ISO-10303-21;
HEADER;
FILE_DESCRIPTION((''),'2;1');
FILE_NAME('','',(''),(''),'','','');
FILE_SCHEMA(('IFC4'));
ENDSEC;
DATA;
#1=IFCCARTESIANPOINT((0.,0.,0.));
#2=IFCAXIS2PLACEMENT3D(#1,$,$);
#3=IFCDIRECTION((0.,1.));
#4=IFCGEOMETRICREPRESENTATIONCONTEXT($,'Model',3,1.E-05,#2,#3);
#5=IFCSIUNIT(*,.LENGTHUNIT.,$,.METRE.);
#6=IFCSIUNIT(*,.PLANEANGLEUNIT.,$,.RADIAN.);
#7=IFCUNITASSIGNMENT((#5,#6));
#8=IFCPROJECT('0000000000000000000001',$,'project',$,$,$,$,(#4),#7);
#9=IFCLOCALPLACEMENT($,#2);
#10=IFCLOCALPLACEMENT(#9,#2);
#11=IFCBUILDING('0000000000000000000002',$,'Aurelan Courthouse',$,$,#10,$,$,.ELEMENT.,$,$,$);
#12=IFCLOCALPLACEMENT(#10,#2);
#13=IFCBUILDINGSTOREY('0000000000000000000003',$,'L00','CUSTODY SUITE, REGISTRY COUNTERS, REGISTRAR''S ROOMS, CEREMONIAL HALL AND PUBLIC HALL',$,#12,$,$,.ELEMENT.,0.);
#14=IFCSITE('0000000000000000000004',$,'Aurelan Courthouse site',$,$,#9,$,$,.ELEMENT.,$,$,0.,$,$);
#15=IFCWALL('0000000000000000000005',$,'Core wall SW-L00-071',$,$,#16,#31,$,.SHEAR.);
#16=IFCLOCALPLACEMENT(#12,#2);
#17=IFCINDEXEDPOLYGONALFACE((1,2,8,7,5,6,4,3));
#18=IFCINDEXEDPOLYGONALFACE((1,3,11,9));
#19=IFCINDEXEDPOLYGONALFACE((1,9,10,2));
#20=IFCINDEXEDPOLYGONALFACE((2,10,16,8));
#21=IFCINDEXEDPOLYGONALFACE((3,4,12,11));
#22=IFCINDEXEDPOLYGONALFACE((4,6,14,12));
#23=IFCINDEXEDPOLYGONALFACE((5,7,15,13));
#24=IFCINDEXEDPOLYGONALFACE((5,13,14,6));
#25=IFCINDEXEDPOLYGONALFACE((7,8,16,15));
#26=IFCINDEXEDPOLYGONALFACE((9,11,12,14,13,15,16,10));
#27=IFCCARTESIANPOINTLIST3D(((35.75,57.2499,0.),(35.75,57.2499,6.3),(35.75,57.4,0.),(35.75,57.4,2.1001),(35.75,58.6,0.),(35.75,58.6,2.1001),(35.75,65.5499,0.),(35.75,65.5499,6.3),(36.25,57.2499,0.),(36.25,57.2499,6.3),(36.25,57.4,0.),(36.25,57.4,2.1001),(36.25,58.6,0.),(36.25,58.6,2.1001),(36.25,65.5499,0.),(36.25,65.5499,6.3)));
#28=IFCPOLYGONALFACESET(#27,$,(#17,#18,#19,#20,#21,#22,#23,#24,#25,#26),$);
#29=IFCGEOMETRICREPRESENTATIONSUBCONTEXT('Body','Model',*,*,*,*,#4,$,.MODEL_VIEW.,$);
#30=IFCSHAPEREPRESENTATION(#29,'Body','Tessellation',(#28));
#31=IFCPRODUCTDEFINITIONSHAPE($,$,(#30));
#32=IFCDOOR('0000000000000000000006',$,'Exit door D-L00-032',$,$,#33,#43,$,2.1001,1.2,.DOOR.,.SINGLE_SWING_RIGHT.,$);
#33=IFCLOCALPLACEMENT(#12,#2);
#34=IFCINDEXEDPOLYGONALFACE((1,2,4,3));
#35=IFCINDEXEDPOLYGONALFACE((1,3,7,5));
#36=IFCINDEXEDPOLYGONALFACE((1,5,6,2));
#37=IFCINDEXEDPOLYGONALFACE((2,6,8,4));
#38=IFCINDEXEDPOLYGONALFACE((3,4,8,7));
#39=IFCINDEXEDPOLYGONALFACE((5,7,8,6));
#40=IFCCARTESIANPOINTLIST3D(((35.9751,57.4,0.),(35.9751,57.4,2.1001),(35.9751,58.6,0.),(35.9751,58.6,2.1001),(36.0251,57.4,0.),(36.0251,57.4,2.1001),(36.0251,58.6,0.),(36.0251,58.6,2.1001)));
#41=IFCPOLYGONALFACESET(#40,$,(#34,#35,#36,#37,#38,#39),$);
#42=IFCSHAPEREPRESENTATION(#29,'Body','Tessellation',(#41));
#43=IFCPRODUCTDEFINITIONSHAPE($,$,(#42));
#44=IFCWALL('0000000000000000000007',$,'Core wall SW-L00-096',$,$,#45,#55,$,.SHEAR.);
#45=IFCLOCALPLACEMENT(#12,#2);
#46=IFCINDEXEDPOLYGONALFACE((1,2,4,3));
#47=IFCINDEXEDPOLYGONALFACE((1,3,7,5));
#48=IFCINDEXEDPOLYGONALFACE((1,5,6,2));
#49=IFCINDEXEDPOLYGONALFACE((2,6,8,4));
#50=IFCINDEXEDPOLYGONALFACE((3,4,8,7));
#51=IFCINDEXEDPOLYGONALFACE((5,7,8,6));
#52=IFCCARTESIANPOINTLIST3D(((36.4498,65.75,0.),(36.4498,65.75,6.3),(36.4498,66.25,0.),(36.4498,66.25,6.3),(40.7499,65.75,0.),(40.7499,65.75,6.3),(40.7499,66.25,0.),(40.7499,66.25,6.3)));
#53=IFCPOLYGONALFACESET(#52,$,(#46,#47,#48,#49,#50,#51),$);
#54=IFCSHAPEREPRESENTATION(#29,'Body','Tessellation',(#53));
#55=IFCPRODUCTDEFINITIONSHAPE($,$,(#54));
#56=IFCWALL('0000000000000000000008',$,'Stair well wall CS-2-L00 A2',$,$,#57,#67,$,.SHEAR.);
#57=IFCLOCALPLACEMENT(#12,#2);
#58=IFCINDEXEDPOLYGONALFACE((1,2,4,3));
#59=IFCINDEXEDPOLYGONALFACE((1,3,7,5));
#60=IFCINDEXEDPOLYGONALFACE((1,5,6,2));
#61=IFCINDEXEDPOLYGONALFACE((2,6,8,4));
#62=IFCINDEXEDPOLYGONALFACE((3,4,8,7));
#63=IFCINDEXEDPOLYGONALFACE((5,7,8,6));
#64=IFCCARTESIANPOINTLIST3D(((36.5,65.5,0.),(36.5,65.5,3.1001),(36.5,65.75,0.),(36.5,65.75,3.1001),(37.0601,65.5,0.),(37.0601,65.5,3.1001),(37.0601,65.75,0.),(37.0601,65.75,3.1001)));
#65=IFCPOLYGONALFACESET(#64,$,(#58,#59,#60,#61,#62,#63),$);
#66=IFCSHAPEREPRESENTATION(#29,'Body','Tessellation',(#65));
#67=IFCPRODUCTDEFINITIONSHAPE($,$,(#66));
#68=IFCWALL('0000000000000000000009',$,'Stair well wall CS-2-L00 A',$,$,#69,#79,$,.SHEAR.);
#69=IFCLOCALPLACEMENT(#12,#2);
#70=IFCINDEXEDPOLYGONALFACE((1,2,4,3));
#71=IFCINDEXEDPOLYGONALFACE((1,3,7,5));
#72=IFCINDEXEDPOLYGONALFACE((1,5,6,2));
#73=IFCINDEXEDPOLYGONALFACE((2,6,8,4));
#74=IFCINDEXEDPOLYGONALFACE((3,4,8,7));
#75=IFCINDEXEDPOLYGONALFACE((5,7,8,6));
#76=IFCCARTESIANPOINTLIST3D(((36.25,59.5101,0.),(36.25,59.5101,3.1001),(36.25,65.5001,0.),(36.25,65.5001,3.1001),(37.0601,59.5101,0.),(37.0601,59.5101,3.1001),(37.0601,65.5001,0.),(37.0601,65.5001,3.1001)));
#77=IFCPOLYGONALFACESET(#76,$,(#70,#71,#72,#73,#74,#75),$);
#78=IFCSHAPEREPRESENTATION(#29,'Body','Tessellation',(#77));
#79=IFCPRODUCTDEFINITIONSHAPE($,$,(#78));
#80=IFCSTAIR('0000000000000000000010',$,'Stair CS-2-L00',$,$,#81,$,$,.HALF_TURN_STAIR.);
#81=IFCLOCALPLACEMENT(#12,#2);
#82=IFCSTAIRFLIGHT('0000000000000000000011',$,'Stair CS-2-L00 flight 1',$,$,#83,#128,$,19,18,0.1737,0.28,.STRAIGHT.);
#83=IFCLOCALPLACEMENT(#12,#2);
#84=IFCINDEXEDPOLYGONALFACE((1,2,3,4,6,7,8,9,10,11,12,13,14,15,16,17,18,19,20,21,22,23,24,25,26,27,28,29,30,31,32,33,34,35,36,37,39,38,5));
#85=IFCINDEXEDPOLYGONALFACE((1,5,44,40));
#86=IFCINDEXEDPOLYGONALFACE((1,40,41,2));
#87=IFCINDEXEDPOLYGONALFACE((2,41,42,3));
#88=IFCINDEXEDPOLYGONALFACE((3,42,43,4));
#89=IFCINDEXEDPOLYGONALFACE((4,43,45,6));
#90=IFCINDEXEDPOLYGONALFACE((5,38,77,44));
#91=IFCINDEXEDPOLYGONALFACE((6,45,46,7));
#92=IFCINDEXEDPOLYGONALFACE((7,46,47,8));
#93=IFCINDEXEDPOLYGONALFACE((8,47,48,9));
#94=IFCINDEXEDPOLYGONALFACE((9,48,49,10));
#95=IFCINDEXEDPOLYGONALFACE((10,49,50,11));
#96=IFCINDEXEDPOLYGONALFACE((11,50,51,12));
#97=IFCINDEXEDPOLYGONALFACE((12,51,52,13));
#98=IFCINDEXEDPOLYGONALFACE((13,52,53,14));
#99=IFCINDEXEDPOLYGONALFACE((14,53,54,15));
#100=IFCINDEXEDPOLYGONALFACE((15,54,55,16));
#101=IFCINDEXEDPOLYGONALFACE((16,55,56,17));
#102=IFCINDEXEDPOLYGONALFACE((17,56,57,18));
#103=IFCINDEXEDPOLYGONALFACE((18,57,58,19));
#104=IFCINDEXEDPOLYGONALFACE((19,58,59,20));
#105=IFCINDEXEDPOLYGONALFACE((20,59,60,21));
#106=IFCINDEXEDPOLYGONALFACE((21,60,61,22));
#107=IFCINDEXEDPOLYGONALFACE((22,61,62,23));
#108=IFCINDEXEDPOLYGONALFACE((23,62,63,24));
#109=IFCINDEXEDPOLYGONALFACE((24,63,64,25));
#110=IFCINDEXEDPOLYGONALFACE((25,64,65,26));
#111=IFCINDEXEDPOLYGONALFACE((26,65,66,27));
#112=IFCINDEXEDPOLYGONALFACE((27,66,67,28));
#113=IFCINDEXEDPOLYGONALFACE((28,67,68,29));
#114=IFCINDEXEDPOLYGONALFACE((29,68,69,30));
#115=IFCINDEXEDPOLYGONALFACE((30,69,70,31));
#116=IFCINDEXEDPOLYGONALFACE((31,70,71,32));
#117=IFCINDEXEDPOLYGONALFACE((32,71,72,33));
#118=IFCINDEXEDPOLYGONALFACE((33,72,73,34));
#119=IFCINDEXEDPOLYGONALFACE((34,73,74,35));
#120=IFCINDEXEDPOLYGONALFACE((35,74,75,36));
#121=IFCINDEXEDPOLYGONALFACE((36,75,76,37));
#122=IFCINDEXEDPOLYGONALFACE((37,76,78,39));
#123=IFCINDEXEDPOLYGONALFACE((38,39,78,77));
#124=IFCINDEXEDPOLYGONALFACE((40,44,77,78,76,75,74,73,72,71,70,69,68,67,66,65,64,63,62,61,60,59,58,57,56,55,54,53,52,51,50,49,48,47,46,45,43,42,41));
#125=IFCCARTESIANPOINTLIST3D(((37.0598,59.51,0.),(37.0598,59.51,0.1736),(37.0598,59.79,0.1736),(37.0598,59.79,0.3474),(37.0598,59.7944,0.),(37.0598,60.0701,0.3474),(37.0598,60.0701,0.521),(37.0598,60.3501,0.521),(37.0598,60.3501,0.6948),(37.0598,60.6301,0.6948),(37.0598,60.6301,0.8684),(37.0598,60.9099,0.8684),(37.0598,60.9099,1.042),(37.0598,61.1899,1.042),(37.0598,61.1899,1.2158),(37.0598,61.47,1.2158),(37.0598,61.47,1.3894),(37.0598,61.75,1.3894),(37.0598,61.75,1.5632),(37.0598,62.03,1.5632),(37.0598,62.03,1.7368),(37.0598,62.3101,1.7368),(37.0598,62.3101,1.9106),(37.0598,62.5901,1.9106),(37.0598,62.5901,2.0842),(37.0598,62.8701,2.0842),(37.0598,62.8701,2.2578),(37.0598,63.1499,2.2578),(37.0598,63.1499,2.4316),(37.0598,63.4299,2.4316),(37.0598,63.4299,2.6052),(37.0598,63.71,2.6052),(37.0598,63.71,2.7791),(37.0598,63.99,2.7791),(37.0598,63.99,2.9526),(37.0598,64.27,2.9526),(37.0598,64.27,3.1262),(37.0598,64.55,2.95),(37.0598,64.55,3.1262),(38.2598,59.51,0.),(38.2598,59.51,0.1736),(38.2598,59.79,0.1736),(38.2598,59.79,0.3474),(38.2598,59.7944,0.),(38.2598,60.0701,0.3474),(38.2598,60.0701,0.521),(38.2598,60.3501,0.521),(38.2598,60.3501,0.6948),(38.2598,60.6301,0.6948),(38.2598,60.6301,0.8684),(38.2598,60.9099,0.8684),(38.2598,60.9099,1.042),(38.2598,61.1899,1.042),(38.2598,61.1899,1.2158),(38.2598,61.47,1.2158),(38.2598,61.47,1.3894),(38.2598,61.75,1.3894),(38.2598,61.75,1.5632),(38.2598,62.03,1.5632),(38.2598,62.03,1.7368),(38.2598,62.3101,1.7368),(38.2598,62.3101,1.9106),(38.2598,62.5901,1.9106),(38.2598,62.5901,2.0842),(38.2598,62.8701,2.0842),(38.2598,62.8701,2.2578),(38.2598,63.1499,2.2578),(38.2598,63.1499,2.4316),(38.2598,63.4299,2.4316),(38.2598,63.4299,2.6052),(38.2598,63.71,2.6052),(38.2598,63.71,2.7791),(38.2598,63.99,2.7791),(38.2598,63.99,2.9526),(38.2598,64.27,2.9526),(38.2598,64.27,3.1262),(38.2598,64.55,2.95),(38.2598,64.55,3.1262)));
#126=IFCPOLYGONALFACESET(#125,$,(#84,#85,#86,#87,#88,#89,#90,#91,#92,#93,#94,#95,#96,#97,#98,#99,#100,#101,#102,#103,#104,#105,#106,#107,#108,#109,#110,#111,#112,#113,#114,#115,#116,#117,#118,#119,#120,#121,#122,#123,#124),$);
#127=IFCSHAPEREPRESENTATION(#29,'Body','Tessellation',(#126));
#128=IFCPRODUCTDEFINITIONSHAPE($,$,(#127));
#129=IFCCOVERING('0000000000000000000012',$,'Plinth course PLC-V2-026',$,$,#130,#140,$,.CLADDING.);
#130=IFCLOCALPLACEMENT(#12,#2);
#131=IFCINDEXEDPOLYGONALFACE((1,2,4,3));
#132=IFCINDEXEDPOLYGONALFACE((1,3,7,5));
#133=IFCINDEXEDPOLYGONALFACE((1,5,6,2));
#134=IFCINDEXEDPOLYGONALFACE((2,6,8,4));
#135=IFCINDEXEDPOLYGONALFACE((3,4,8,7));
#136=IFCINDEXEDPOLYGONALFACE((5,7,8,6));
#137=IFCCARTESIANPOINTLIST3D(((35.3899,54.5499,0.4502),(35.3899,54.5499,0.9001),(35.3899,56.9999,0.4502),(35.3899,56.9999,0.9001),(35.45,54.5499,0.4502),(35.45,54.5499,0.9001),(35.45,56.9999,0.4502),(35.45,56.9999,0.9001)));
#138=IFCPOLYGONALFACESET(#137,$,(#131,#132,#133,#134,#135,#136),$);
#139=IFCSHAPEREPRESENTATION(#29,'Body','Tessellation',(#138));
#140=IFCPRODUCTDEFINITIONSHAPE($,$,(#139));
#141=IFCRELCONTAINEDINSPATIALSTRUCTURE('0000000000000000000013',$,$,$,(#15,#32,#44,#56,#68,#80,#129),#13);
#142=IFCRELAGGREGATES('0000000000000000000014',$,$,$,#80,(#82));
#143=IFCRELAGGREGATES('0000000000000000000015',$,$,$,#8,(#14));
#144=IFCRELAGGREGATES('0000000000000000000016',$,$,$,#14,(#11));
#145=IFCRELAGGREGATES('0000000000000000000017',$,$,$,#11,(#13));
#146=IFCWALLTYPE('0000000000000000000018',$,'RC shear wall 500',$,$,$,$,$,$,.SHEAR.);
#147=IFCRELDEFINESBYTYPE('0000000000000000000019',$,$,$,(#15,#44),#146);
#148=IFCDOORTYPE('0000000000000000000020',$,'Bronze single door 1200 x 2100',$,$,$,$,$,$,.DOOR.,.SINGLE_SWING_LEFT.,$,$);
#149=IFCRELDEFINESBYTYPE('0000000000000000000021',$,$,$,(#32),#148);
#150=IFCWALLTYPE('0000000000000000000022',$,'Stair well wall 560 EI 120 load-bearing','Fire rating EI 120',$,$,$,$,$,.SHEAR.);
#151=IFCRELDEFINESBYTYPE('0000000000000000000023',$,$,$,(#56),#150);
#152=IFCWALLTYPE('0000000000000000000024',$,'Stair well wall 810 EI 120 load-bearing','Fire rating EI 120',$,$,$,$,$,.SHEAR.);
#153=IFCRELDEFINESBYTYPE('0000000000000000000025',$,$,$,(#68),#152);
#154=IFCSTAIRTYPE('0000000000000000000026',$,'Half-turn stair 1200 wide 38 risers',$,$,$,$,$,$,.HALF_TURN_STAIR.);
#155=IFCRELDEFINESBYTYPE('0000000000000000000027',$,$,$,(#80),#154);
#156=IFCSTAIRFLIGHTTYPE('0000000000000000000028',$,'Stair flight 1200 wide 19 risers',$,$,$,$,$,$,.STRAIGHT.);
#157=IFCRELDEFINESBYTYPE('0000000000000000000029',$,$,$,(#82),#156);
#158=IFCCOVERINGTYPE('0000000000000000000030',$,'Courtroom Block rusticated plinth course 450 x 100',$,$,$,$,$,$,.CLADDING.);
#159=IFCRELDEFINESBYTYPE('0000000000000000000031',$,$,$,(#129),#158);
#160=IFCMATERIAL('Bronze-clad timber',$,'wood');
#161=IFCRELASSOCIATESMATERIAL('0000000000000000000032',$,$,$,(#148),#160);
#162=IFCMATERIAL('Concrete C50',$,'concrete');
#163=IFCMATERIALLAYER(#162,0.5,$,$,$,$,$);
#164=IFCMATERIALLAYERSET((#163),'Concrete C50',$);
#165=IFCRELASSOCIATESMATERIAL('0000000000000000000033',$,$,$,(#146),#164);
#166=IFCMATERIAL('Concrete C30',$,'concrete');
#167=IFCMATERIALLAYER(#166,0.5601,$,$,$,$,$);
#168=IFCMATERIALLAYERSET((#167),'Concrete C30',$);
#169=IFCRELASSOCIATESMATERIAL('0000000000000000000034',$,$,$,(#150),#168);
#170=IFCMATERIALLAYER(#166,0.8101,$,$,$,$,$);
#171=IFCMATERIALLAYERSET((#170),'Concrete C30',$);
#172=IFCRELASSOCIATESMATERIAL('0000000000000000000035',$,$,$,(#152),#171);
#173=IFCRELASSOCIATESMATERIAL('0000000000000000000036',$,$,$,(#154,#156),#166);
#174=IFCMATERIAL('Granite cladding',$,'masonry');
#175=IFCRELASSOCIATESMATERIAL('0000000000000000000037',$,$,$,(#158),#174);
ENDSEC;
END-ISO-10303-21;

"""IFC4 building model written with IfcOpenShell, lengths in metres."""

from ifc_helpers import new_model, si_unit, direction, frame, frame_2d, origin, origin_2d, place, context, subcontext, project, spatial, polyline, rectangle, outline, extrude, material, layer, layer_set, type_object, element, fill, aggregate, save


model = new_model("IFC4")

# Units and contexts
model_context = context("Model", 3, precision=1e-05, world=origin(), true_north=direction((0.0, 1.0)))
body_context = subcontext(model_context, "Body", "Model", "MODEL_VIEW")
ifc_project = project(units=[si_unit("LENGTHUNIT", "METRE"), si_unit("PLANEANGLEUNIT", "RADIAN")], contexts=[model_context])

# Site, building, storey
site_placement = place(None, origin())
site = spatial("IfcSite", under=ifc_project, at=site_placement, Name="Aurelan Courthouse site", CompositionType="ELEMENT", RefElevation=0.0)
building_placement = place(site_placement, origin())
building = spatial("IfcBuilding", under=site, at=building_placement, Name="Aurelan Courthouse", CompositionType="ELEMENT")
storey_placement = place(building_placement, origin())
storey = spatial("IfcBuildingStorey", under=building, at=storey_placement, Name="L00", Description="CUSTODY SUITE, REGISTRY COUNTERS, REGISTRAR'S ROOMS, CEREMONIAL HALL AND PUBLIC HALL", CompositionType="ELEMENT", Elevation=0.0)

# Shared definitions
ifc_material_1 = material(Name="Concrete C50", Category="concrete")

# Shared definitions
ifc_material_2 = material(Name="Granite cladding", Category="masonry")
ifc_material_3 = material(Name="Concrete C30", Category="concrete")
ifc_material_4 = material(Name="Bronze-clad timber", Category="wood")
door_type_1 = type_object("IfcDoorType", Name="Bronze single door 1200 x 2100", OperationType="SINGLE_SWING_LEFT", PredefinedType="DOOR", material=ifc_material_4)

# Wall, opening, door
ifc_layer_1 = layer(ifc_material_1, 0.5)
ifc_layer_set_1 = layer_set([ifc_layer_1], Name="Concrete C50")
wall_type_1 = type_object("IfcWallType", Name="RC shear wall 500", PredefinedType="SHEAR", material=ifc_layer_set_1)
wall_1_placement = place(storey_placement, frame((36.0, 57.25, 0.0), z_axis=(0.0, 0.0, 1.0), x_axis=(0.0, 1.0, 0.0)))
wall_1 = element("IfcWall", 1, at=wall_1_placement, inside=storey, type_object=wall_type_1, Name="Core wall SW-L00-071", PredefinedType="SHEAR", context=body_context, shape_type="SweptSolid", body=[
    extrude(rectangle(XDim=8.3, YDim=0.5, at=frame_2d((4.1499, 0.0))), origin(), (0.0, 0.0, 1.0), 6.3),
])
opening_1_placement = place(wall_1_placement, frame((0.1499, 0.0, 0.0)))
opening_1 = element("IfcOpeningElement", 2, at=opening_1_placement, cuts=wall_1, PredefinedType="OPENING", context=body_context, shape_type="SweptSolid", body=[
    extrude(rectangle(XDim=1.2, YDim=2.1001, at=frame_2d((0.6001, 1.05))), frame((0.0, 0.26, 0.0), z_axis=(0.0, -1.0, 0.0), x_axis=(1.0, 0.0, 0.0)), (0.0, 0.0, 1.0), 0.52),
])
door_1_placement = place(opening_1_placement, origin())
door_1 = element("IfcDoor", 3, at=door_1_placement, inside=storey, type_object=door_type_1, Name="Exit door D-L00-032", OperationType="SINGLE_SWING_RIGHT", OverallHeight=2.1001, OverallWidth=1.2, PredefinedType="DOOR", context=body_context, shape_type="SweptSolid", body=[
    extrude(rectangle(XDim=1.2, YDim=2.1001, at=frame_2d((0.6001, 1.05))), frame((0.0, 0.0249, 0.0), z_axis=(0.0, -1.0, 0.0), x_axis=(1.0, 0.0, 0.0)), (0.0, 0.0, 1.0), 0.05),
])
fill(opening_1, door_1)

# Walls
wall_2_placement = place(storey_placement, frame((36.45, 66.0, 0.0), z_axis=(0.0, 0.0, 1.0), x_axis=(1.0, 0.0, 0.0)))
element("IfcWall", 4, at=wall_2_placement, inside=storey, type_object=wall_type_1, Name="Core wall SW-L00-096", PredefinedType="SHEAR", context=body_context, shape_type="SweptSolid", body=[
    extrude(rectangle(XDim=4.3, YDim=0.5, at=frame_2d((2.1499, 0.0))), origin(), (0.0, 0.0, 1.0), 6.3),
])
ifc_layer_2 = layer(ifc_material_3, 0.5601)
ifc_layer_set_2 = layer_set([ifc_layer_2], Name="Concrete C30")
wall_type_2 = type_object("IfcWallType", Name="Stair well wall 560 EI 120 load-bearing", Description="Fire rating EI 120", PredefinedType="SHEAR", material=ifc_layer_set_2)
wall_3_placement = place(storey_placement, frame((36.78, 65.5, 0.0), z_axis=(0.0, 0.0, 1.0), x_axis=(0.0, 1.0, 0.0)))
element("IfcWall", 5, at=wall_3_placement, inside=storey, type_object=wall_type_2, Name="Stair well wall CS-2-L00 A2", PredefinedType="SHEAR", context=body_context, shape_type="SweptSolid", body=[
    extrude(rectangle(XDim=0.25, YDim=0.5601, at=frame_2d((0.125, 0.0))), origin(), (0.0, 0.0, 1.0), 3.1001),
])
ifc_layer_3 = layer(ifc_material_3, 0.8101)
ifc_layer_set_3 = layer_set([ifc_layer_3], Name="Concrete C30")
wall_type_3 = type_object("IfcWallType", Name="Stair well wall 810 EI 120 load-bearing", Description="Fire rating EI 120", PredefinedType="SHEAR", material=ifc_layer_set_3)
wall_4_placement = place(storey_placement, frame((36.655, 59.51, 0.0), z_axis=(0.0, 0.0, 1.0), x_axis=(0.0, 1.0, 0.0)))
element("IfcWall", 6, at=wall_4_placement, inside=storey, type_object=wall_type_3, Name="Stair well wall CS-2-L00 A", PredefinedType="SHEAR", context=body_context, shape_type="SweptSolid", body=[
    extrude(rectangle(XDim=5.99, YDim=0.8101, at=frame_2d((2.9951, 0.0))), origin(), (0.0, 0.0, 1.0), 3.1001),
])

# Stair, stair flight
stair_type = type_object("IfcStairType", Name="Half-turn stair 1200 wide 38 risers", PredefinedType="HALF_TURN_STAIR", material=ifc_material_3)
stair_placement = place(storey_placement, origin())
stair = element("IfcStair", 7, at=stair_placement, inside=storey, type_object=stair_type, Name="Stair CS-2-L00", PredefinedType="HALF_TURN_STAIR")
stair_flight_type = type_object("IfcStairFlightType", Name="Stair flight 1200 wide 19 risers", PredefinedType="STRAIGHT", material=ifc_material_3)
stair_flight_placement = place(storey_placement, frame((37.6599, 59.51, 0.0), z_axis=(0.0, 0.0, 1.0), x_axis=(0.0, 1.0, 0.0)))
stair_flight = element("IfcStairFlight", 8, at=stair_flight_placement, type_object=stair_flight_type, Name="Stair CS-2-L00 flight 1", NumberOfRisers=19, NumberOfTreads=18, PredefinedType="STRAIGHT", RiserHeight=0.1737, TreadLength=0.28, context=body_context, shape_type="SweptSolid", body=[
    extrude(outline(polyline([(0.0, 0.0), (0.0, 0.1736), (0.28, 0.1736), (0.28, 0.3474), (0.5601, 0.3474), (0.5601, 0.521), (0.8401, 0.521), (0.8401, 0.6948), (1.1201, 0.6948), (1.1201, 0.8684), (1.3999, 0.8684), (1.3999, 1.042), (1.6799, 1.042), (1.6799, 1.2158), (1.96, 1.2158), (1.96, 1.3894), (2.24, 1.3894), (2.24, 1.5632), (2.52, 1.5632), (2.52, 1.7368), (2.8, 1.7368), (2.8, 1.9106), (3.0801, 1.9106), (3.0801, 2.0842), (3.3601, 2.0842), (3.3601, 2.2578), (3.6399, 2.2578), (3.6399, 2.4316), (3.9199, 2.4316), (3.9199, 2.6052), (4.2, 2.6052), (4.2, 2.7791), (4.48, 2.7791), (4.48, 2.9526), (4.76, 2.9526), (4.76, 3.1262), (5.04, 3.1262), (5.04, 3.3), (5.04, 2.95), (0.2844, 0.0), (0.0, 0.0)])), frame((0.0, 0.6001, 0.0), z_axis=(0.0, -1.0, 0.0), x_axis=(1.0, 0.0, 0.0)), (0.0, 0.0, 1.0), 1.2),
])
aggregate(stair, [stair_flight])

# Covering
covering_type = type_object("IfcCoveringType", Name="Courtroom Block rusticated plinth course 450 x 100", PredefinedType="CLADDING", material=ifc_material_2)
covering_placement = place(storey_placement, frame((35.4199, 55.7749, 0.4502), z_axis=(0.0, 0.0, 1.0), x_axis=(1.0, 0.0, 0.0)))
element("IfcCovering", 9, at=covering_placement, inside=storey, type_object=covering_type, Name="Plinth course PLC-V2-026", PredefinedType="CLADDING", context=body_context, shape_type="SweptSolid", body=[
    extrude(rectangle(XDim=0.0601, YDim=2.45, at=origin_2d()), origin(), (0.0, 0.0, 1.0), 0.45),
])

save(model, "model.ifc")
